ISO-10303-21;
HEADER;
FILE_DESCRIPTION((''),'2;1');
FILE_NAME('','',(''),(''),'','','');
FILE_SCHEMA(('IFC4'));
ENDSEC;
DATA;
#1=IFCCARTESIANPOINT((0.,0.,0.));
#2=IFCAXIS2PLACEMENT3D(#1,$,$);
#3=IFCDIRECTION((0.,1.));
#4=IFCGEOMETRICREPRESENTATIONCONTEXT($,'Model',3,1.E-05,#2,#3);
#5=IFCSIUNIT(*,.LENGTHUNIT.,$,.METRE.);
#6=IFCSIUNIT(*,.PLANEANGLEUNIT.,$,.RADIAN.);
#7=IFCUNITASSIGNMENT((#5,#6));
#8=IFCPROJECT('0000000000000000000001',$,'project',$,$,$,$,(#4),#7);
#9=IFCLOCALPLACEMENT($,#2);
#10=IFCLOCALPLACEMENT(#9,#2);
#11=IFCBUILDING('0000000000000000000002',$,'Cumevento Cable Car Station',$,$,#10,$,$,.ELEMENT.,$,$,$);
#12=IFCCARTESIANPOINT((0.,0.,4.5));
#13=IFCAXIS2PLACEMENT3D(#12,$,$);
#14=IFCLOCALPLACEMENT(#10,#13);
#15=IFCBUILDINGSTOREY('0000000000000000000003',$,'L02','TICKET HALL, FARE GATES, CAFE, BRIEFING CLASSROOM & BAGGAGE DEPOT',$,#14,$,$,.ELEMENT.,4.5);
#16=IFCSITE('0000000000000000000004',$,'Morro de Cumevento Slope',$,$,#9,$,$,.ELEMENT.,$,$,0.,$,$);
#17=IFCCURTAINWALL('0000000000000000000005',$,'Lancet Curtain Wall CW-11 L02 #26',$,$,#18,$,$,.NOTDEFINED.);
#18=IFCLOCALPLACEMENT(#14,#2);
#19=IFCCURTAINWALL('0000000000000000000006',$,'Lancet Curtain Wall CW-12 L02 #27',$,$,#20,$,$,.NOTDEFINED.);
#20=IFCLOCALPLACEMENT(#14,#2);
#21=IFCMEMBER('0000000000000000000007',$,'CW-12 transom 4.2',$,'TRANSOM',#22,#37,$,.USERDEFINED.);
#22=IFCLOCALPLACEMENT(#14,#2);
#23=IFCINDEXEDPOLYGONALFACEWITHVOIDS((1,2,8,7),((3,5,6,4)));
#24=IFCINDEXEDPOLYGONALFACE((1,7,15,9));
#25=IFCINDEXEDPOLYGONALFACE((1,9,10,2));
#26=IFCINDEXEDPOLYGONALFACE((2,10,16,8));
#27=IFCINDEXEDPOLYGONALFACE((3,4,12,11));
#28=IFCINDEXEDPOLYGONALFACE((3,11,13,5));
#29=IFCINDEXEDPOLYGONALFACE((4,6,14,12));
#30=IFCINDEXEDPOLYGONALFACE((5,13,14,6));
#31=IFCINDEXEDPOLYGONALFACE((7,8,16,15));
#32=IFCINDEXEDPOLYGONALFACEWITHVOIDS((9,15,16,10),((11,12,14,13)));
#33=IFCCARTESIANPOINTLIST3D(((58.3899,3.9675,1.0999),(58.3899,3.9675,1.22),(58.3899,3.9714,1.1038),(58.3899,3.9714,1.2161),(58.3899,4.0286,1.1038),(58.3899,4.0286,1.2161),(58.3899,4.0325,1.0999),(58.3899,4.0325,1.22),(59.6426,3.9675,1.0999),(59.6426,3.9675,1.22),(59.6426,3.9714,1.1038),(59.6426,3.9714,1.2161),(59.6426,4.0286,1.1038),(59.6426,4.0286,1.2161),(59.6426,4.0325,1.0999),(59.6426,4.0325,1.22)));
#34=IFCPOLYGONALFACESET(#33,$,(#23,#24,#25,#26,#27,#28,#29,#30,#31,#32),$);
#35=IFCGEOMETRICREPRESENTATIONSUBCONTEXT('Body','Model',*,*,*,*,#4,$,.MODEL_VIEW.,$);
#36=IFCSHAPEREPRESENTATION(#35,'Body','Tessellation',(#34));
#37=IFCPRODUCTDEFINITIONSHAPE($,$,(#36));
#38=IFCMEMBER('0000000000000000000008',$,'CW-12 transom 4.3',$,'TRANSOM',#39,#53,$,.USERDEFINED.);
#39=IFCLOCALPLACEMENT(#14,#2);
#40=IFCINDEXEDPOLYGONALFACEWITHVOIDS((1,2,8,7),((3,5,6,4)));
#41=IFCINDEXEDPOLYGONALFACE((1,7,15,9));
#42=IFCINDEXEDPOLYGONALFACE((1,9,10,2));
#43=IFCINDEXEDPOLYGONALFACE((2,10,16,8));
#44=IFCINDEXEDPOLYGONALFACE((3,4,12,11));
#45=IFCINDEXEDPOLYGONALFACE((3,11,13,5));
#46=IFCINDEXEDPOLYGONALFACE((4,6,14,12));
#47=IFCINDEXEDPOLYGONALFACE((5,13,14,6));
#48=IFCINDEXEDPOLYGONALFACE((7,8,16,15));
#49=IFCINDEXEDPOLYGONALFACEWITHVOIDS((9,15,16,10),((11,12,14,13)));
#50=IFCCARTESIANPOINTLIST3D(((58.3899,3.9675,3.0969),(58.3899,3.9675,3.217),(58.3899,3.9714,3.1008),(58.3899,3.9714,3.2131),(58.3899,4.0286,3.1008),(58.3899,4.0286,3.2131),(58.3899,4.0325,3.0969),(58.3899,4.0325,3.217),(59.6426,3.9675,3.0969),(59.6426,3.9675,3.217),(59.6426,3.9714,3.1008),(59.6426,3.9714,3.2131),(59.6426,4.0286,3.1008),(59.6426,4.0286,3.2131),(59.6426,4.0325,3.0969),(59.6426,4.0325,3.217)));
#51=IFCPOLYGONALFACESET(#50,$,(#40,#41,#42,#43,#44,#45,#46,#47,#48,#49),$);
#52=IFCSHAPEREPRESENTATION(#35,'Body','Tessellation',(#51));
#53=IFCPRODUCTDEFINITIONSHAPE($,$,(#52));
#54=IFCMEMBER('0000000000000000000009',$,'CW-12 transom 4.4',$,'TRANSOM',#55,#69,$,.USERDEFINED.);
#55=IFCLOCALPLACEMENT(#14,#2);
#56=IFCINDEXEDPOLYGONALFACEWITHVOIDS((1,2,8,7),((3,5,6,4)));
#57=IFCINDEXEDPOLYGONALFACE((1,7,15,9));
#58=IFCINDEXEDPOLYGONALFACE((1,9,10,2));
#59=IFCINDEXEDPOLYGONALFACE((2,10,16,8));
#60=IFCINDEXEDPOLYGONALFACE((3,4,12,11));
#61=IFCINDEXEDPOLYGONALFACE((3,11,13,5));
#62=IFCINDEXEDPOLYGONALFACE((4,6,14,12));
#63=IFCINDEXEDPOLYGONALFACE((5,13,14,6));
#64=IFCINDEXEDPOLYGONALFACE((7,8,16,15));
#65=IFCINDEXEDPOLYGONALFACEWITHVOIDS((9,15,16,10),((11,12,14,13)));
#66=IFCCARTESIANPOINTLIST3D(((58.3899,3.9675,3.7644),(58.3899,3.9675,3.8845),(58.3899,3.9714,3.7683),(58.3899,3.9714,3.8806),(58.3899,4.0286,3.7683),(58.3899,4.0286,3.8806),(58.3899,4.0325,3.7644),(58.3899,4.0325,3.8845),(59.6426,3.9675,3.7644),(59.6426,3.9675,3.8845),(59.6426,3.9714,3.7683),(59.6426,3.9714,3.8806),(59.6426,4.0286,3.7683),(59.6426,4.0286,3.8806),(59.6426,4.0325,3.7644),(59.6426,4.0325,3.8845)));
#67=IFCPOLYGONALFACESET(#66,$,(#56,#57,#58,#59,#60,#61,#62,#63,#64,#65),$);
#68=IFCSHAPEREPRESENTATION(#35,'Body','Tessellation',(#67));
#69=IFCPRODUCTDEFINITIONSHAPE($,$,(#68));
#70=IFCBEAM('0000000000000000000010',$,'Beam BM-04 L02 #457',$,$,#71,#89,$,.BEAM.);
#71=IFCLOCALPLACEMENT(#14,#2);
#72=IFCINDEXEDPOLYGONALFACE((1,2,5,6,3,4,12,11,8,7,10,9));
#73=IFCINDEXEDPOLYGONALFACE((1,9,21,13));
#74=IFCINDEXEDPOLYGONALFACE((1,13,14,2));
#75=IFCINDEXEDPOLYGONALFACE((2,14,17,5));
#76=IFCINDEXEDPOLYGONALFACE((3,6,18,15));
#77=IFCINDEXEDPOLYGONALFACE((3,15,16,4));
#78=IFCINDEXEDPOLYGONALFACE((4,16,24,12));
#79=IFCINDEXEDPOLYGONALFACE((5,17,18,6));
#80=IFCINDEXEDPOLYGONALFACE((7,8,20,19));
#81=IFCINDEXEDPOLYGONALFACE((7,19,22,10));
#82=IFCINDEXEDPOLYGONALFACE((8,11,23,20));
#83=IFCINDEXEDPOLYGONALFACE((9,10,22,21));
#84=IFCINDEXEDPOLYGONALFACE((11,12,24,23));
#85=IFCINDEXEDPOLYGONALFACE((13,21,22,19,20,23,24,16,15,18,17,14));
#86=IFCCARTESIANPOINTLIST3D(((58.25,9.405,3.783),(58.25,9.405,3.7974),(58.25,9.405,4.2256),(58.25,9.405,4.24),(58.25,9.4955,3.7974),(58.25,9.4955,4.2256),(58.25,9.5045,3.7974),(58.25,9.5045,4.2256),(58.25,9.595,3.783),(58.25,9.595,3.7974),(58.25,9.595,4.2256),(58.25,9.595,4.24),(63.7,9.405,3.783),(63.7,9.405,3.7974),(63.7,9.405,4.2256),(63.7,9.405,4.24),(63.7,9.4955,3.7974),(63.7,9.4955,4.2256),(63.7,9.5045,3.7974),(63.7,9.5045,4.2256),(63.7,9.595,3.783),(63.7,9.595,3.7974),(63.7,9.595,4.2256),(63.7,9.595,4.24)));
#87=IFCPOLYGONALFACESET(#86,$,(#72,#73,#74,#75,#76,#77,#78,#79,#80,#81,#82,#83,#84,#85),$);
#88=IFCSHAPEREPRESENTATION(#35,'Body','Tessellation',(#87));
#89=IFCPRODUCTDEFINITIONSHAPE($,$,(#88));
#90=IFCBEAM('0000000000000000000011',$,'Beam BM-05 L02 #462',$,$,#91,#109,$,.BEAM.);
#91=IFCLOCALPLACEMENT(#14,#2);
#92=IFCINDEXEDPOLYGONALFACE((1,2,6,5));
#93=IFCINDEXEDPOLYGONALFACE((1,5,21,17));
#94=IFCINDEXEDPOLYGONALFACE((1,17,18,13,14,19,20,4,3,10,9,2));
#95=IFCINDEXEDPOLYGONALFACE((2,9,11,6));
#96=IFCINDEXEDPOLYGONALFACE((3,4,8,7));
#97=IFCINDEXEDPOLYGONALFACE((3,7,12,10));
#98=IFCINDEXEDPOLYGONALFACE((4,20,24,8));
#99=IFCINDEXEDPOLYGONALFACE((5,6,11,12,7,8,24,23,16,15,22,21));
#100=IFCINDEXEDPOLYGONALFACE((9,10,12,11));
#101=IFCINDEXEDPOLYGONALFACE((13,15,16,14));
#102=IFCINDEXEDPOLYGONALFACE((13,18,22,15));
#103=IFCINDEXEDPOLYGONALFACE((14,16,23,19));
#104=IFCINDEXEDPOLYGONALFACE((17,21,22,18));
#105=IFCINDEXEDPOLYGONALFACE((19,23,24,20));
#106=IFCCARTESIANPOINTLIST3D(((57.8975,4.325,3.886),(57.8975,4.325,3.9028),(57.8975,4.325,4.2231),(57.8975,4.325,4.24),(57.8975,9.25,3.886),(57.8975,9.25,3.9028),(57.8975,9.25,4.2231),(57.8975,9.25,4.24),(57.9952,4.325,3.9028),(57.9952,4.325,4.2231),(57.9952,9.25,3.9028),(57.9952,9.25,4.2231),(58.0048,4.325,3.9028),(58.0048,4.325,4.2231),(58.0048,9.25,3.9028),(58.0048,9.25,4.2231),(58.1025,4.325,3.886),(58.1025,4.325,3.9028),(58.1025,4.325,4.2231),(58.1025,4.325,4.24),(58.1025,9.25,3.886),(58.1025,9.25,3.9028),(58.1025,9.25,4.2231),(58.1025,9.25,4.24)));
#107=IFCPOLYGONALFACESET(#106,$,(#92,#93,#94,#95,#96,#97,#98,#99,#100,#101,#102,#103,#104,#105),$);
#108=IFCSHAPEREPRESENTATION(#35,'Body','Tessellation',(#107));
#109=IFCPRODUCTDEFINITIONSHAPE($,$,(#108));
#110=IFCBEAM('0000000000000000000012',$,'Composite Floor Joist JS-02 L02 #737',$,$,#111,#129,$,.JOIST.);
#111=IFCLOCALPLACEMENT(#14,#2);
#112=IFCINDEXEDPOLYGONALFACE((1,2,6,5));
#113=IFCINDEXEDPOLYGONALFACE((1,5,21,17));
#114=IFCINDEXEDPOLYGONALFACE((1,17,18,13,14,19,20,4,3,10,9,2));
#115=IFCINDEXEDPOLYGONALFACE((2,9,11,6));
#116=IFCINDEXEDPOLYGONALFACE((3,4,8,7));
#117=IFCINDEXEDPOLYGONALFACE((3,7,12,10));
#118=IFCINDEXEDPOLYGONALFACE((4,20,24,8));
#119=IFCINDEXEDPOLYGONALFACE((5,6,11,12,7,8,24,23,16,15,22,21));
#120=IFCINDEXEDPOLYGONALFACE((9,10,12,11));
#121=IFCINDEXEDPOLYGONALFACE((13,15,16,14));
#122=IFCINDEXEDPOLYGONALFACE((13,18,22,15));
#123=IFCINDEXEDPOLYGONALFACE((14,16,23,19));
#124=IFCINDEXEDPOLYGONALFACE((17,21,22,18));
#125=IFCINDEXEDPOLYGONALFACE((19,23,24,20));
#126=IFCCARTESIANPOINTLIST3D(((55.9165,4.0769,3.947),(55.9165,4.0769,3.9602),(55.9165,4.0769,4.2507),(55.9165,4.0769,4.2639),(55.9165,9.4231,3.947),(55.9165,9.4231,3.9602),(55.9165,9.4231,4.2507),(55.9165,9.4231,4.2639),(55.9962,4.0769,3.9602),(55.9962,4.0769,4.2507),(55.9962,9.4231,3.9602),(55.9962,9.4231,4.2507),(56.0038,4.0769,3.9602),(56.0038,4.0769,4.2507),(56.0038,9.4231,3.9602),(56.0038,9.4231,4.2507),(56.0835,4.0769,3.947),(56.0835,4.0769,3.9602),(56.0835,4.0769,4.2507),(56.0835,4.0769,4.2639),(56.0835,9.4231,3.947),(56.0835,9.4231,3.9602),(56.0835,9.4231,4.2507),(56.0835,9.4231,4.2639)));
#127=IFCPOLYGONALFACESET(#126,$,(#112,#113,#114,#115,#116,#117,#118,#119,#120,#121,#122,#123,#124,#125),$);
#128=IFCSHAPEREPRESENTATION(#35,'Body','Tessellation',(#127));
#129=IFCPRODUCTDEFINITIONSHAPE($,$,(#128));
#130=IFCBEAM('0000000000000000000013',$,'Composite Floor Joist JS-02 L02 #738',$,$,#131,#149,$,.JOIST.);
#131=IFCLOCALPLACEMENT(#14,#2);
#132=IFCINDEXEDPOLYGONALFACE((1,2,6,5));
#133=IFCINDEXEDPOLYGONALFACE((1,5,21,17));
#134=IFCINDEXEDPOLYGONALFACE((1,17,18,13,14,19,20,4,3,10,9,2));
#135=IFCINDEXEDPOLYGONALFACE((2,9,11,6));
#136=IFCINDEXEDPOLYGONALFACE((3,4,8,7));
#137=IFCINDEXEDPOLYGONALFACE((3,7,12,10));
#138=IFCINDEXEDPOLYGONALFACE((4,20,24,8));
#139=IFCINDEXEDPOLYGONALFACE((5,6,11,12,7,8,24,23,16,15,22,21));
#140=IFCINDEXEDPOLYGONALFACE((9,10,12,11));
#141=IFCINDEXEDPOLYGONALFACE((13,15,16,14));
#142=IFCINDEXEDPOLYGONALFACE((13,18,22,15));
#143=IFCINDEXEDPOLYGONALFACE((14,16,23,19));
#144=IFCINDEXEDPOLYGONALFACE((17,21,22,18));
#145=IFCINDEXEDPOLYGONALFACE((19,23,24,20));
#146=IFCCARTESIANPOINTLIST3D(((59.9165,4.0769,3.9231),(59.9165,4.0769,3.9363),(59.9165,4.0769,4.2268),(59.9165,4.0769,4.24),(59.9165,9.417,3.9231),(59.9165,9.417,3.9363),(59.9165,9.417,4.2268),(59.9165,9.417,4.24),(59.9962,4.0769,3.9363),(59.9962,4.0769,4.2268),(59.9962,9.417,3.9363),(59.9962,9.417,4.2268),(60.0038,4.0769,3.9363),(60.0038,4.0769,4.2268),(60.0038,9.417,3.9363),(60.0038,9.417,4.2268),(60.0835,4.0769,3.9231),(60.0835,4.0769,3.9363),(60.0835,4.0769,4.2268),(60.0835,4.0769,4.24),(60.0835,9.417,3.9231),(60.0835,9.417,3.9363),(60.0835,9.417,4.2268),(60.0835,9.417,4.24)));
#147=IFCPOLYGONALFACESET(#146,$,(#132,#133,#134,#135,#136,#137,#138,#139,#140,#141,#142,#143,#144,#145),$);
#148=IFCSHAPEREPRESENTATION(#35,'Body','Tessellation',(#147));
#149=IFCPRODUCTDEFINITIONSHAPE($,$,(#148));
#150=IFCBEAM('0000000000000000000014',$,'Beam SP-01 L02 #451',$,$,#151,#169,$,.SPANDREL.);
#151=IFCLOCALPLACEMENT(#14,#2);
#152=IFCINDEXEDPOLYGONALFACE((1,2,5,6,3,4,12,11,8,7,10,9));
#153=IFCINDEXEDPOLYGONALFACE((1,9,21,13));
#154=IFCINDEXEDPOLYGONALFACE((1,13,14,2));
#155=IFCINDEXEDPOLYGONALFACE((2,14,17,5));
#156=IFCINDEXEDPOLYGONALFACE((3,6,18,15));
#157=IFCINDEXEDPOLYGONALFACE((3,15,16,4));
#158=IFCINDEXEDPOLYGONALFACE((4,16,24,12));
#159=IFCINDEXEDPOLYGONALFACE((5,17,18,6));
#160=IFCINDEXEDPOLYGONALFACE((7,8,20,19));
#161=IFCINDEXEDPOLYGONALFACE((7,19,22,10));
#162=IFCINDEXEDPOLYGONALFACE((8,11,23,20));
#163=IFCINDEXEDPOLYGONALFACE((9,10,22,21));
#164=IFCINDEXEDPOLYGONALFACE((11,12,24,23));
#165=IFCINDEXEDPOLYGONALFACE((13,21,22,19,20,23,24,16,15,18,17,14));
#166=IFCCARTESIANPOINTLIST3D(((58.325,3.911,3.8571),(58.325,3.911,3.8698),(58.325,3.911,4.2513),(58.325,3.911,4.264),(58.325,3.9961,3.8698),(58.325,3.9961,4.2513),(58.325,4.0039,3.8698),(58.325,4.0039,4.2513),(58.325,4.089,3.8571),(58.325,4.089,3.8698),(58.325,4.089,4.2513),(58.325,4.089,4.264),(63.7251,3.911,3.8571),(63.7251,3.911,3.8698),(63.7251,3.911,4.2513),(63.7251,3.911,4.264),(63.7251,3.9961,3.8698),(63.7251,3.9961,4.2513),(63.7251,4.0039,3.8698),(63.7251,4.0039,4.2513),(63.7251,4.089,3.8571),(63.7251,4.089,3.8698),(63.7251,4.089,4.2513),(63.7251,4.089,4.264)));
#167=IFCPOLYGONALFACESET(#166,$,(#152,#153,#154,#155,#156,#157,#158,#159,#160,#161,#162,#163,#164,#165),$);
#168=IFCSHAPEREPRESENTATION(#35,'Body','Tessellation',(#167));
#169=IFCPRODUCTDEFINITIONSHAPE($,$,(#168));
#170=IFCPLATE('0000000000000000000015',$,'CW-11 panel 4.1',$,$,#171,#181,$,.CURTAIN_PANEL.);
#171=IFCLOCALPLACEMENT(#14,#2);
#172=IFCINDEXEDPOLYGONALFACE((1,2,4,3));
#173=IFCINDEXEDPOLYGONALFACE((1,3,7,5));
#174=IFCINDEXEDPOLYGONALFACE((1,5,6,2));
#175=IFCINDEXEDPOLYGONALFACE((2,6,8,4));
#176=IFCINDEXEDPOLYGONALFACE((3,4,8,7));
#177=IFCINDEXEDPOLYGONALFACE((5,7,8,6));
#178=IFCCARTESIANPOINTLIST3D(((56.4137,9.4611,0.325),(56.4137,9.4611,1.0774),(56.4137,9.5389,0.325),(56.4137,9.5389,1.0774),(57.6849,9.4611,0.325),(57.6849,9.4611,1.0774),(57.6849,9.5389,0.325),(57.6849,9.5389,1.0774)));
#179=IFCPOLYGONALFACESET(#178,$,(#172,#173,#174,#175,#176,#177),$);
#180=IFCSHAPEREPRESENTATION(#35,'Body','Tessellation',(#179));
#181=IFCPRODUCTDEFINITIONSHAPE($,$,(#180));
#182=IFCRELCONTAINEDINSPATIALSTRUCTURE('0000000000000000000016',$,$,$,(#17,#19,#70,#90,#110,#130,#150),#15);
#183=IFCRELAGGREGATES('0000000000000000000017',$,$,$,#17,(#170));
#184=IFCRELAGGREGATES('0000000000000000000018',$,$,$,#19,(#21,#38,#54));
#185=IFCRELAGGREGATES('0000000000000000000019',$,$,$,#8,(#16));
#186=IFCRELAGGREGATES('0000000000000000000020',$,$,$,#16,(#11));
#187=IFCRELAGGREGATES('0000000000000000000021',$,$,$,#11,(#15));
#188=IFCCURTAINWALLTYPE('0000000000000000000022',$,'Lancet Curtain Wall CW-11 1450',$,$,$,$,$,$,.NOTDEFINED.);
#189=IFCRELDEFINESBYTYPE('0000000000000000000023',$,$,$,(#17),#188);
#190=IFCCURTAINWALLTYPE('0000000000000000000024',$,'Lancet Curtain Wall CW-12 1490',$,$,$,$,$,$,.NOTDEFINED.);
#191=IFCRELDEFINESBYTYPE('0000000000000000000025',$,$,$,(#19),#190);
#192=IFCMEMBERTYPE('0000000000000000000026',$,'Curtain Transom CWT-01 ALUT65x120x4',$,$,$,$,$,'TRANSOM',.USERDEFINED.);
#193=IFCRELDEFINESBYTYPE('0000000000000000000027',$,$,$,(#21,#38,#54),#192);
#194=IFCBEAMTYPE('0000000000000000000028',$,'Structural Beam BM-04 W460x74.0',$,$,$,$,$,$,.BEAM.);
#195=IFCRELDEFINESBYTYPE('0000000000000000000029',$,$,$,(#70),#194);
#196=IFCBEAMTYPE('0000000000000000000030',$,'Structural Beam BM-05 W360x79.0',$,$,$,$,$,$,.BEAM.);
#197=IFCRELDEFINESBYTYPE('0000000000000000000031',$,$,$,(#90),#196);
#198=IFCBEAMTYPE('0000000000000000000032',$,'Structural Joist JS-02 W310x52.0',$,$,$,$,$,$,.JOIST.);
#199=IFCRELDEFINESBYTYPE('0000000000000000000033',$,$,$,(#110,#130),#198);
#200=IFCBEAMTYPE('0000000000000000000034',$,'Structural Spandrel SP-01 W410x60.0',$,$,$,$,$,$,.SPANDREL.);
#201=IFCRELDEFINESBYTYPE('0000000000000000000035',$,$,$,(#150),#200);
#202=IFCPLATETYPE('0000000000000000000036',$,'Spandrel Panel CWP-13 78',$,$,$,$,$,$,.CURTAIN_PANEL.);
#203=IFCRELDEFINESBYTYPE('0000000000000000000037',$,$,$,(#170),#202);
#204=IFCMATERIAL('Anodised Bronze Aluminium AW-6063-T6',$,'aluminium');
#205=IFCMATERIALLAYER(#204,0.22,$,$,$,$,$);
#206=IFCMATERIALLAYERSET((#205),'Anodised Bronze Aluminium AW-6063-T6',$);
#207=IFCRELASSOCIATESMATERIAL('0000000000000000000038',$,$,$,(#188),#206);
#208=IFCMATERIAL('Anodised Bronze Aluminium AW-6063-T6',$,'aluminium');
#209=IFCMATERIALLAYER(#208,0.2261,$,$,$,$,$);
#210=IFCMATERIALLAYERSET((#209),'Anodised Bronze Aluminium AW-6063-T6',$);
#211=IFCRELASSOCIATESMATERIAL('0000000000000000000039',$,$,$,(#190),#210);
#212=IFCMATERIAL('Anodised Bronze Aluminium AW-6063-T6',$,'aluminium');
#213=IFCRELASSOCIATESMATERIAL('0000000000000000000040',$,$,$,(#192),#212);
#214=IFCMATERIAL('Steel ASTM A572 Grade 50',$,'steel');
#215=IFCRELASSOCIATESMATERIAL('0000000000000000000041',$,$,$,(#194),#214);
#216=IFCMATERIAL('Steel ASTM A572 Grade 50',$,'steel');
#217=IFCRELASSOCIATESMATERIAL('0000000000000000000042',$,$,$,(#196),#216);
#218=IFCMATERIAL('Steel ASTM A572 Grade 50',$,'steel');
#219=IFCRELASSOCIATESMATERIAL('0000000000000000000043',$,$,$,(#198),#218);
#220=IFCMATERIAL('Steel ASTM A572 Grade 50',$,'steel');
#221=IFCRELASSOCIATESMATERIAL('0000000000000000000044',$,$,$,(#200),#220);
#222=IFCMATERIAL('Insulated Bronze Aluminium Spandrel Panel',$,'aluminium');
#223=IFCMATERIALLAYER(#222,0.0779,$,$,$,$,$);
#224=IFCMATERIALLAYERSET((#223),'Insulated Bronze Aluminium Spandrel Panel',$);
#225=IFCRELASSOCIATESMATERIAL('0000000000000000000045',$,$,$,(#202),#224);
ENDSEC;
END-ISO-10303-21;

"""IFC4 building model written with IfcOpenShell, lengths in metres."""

from ifc_helpers import new_model, si_unit, direction, frame, origin, origin_2d, place, context, subcontext, project, spatial, rectangle, hollow_rectangle, i_section, extrude, material, layer, layer_set, material_profile, profile_set, type_object, element, aggregate, save


model = new_model("IFC4")

# Units and contexts
model_context = context("Model", 3, precision=1e-05, world=origin(), true_north=direction((0.0, 1.0)))
body_context = subcontext(model_context, "Body", "Model", "MODEL_VIEW")
ifc_project = project(units=[si_unit("LENGTHUNIT", "METRE"), si_unit("PLANEANGLEUNIT", "RADIAN")], contexts=[model_context])

# Site, building, storey
site_placement = place(None, origin())
site = spatial("IfcSite", under=ifc_project, at=site_placement, Name="Morro de Cumevento Slope", CompositionType="ELEMENT", RefElevation=0.0)
building_placement = place(site_placement, origin())
building = spatial("IfcBuilding", under=site, at=building_placement, Name="Cumevento Cable Car Station", CompositionType="ELEMENT")
storey_placement = place(building_placement, frame((0.0, 0.0, 4.5)))
storey = spatial("IfcBuildingStorey", under=building, at=storey_placement, Name="L02", Description="TICKET HALL, FARE GATES, CAFE, BRIEFING CLASSROOM & BAGGAGE DEPOT", CompositionType="ELEMENT", Elevation=4.5)

# Curtain walls
ifc_material_1 = material(Name="Anodised Bronze Aluminium AW-6063-T6", Category="aluminium")
ifc_layer_1 = layer(ifc_material_1, 0.22)
ifc_layer_set_1 = layer_set([ifc_layer_1], Name="Anodised Bronze Aluminium AW-6063-T6")
curtain_wall_type_1 = type_object("IfcCurtainWallType", Name="Lancet Curtain Wall CW-11 1450", PredefinedType="NOTDEFINED", material=ifc_layer_set_1)
curtain_wall_1_placement = place(storey_placement, origin())
curtain_wall_1 = element("IfcCurtainWall", 1, at=curtain_wall_1_placement, inside=storey, type_object=curtain_wall_type_1, Name="Lancet Curtain Wall CW-11 L02 #26", PredefinedType="NOTDEFINED")
ifc_material_2 = material(Name="Anodised Bronze Aluminium AW-6063-T6", Category="aluminium")
ifc_layer_2 = layer(ifc_material_2, 0.2261)
ifc_layer_set_2 = layer_set([ifc_layer_2], Name="Anodised Bronze Aluminium AW-6063-T6")
curtain_wall_type_2 = type_object("IfcCurtainWallType", Name="Lancet Curtain Wall CW-12 1490", PredefinedType="NOTDEFINED", material=ifc_layer_set_2)
curtain_wall_2_placement = place(storey_placement, origin())
curtain_wall_2 = element("IfcCurtainWall", 2, at=curtain_wall_2_placement, inside=storey, type_object=curtain_wall_type_2, Name="Lancet Curtain Wall CW-12 L02 #27", PredefinedType="NOTDEFINED")

# Members
ifc_material_3 = material(Name="Anodised Bronze Aluminium AW-6063-T6", Category="aluminium")
ifc_material_profile_1 = material_profile(ifc_material_3, hollow_rectangle(XDim=0.0649, YDim=0.1201, WallThickness=0.0039, at=origin_2d()), Name="ALUT65x120x4")
ifc_profile_set_1 = profile_set([ifc_material_profile_1], Name="Anodised Bronze Aluminium AW-6063-T6")
member_type_1 = type_object("IfcMemberType", Name="Curtain Transom CWT-01 ALUT65x120x4", ElementType="TRANSOM", PredefinedType="USERDEFINED", material=ifc_profile_set_1)
member_1_placement = place(storey_placement, frame((59.6426, 4.0, 1.1599), z_axis=(-1.0, 0.0, 0.0), x_axis=(0.0, -1.0, 0.0)))
member_1 = element("IfcMember", 3, at=member_1_placement, type_object=member_type_1, Name="CW-12 transom 4.2", ObjectType="TRANSOM", PredefinedType="USERDEFINED", context=body_context, shape_type="SweptSolid", body=[
    extrude(hollow_rectangle(XDim=0.0649, YDim=0.1201, WallThickness=0.0039, at=origin_2d()), origin(), (0.0, 0.0, 1.0), 1.2527),
])
member_2_placement = place(storey_placement, frame((59.6426, 4.0, 3.157), z_axis=(-1.0, 0.0, 0.0), x_axis=(0.0, -1.0, 0.0)))
member_2 = element("IfcMember", 4, at=member_2_placement, type_object=member_type_1, Name="CW-12 transom 4.3", ObjectType="TRANSOM", PredefinedType="USERDEFINED", context=body_context, shape_type="SweptSolid", body=[
    extrude(hollow_rectangle(XDim=0.0649, YDim=0.1201, WallThickness=0.0039, at=origin_2d()), origin(), (0.0, 0.0, 1.0), 1.2527),
])
member_3_placement = place(storey_placement, frame((59.6426, 4.0, 3.8245), z_axis=(-1.0, 0.0, 0.0), x_axis=(0.0, -1.0, 0.0)))
member_3 = element("IfcMember", 5, at=member_3_placement, type_object=member_type_1, Name="CW-12 transom 4.4", ObjectType="TRANSOM", PredefinedType="USERDEFINED", context=body_context, shape_type="SweptSolid", body=[
    extrude(hollow_rectangle(XDim=0.0649, YDim=0.1201, WallThickness=0.0039, at=origin_2d()), origin(), (0.0, 0.0, 1.0), 1.2527),
])

# Beams
ifc_material_4 = material(Name="Steel ASTM A572 Grade 50", Category="steel")
ifc_material_profile_2 = material_profile(ifc_material_4, i_section(OverallWidth=0.1899, OverallDepth=0.457, WebThickness=0.009, FlangeThickness=0.0144, at=origin_2d()), Name="W460x74.0")
ifc_profile_set_2 = profile_set([ifc_material_profile_2], Name="Steel ASTM A572 Grade 50")
beam_type_1 = type_object("IfcBeamType", Name="Structural Beam BM-04 W460x74.0", PredefinedType="BEAM", material=ifc_profile_set_2)
beam_1_placement = place(storey_placement, frame((58.25, 9.5, 4.0115), z_axis=(1.0, 0.0, 0.0), x_axis=(0.0, 1.0, 0.0)))
element("IfcBeam", 6, at=beam_1_placement, inside=storey, type_object=beam_type_1, Name="Beam BM-04 L02 #457", PredefinedType="BEAM", context=body_context, shape_type="SweptSolid", body=[
    extrude(i_section(OverallWidth=0.1899, OverallDepth=0.457, WebThickness=0.009, FlangeThickness=0.0144, at=origin_2d()), origin(), (0.0, 0.0, 1.0), 5.45),
])
ifc_material_5 = material(Name="Steel ASTM A572 Grade 50", Category="steel")
ifc_material_profile_3 = material_profile(ifc_material_5, i_section(OverallWidth=0.2051, OverallDepth=0.354, WebThickness=0.0095, FlangeThickness=0.0168, at=origin_2d()), Name="W360x79.0")
ifc_profile_set_3 = profile_set([ifc_material_profile_3], Name="Steel ASTM A572 Grade 50")
beam_type_2 = type_object("IfcBeamType", Name="Structural Beam BM-05 W360x79.0", PredefinedType="BEAM", material=ifc_profile_set_3)
beam_2_placement = place(storey_placement, frame((58.0, 4.325, 4.063), z_axis=(0.0, 1.0, 0.0), x_axis=(-1.0, 0.0, 0.0)))
element("IfcBeam", 7, at=beam_2_placement, inside=storey, type_object=beam_type_2, Name="Beam BM-05 L02 #462", PredefinedType="BEAM", context=body_context, shape_type="SweptSolid", body=[
    extrude(i_section(OverallWidth=0.2051, OverallDepth=0.354, WebThickness=0.0095, FlangeThickness=0.0168, at=origin_2d()), origin(), (0.0, 0.0, 1.0), 4.925),
])
ifc_material_6 = material(Name="Steel ASTM A572 Grade 50", Category="steel")
ifc_material_profile_4 = material_profile(ifc_material_6, i_section(OverallWidth=0.167, OverallDepth=0.3169, WebThickness=0.0076, FlangeThickness=0.0132, at=origin_2d()), Name="W310x52.0")
ifc_profile_set_4 = profile_set([ifc_material_profile_4], Name="Steel ASTM A572 Grade 50")
beam_type_3 = type_object("IfcBeamType", Name="Structural Joist JS-02 W310x52.0", PredefinedType="JOIST", material=ifc_profile_set_4)
beam_3_placement = place(storey_placement, frame((56.0, 4.0769, 4.1055), z_axis=(0.0, 1.0, 0.0), x_axis=(-1.0, 0.0, 0.0)))
element("IfcBeam", 8, at=beam_3_placement, inside=storey, type_object=beam_type_3, Name="Composite Floor Joist JS-02 L02 #737", PredefinedType="JOIST", context=body_context, shape_type="SweptSolid", body=[
    extrude(i_section(OverallWidth=0.167, OverallDepth=0.3169, WebThickness=0.0076, FlangeThickness=0.0132, at=origin_2d()), origin(), (0.0, 0.0, 1.0), 5.3462),
])
beam_4_placement = place(storey_placement, frame((60.0, 4.0769, 4.0815), z_axis=(0.0, 1.0, 0.0), x_axis=(-1.0, 0.0, 0.0)))
element("IfcBeam", 9, at=beam_4_placement, inside=storey, type_object=beam_type_3, Name="Composite Floor Joist JS-02 L02 #738", PredefinedType="JOIST", context=body_context, shape_type="SweptSolid", body=[
    extrude(i_section(OverallWidth=0.167, OverallDepth=0.3169, WebThickness=0.0076, FlangeThickness=0.0132, at=origin_2d()), origin(), (0.0, 0.0, 1.0), 5.3401),
])
ifc_material_7 = material(Name="Steel ASTM A572 Grade 50", Category="steel")
ifc_material_profile_5 = material_profile(ifc_material_7, i_section(OverallWidth=0.178, OverallDepth=0.407, WebThickness=0.0078, FlangeThickness=0.0127, at=origin_2d()), Name="W410x60.0")
ifc_profile_set_5 = profile_set([ifc_material_profile_5], Name="Steel ASTM A572 Grade 50")
beam_type_4 = type_object("IfcBeamType", Name="Structural Spandrel SP-01 W410x60.0", PredefinedType="SPANDREL", material=ifc_profile_set_5)
beam_5_placement = place(storey_placement, frame((58.325, 4.0, 4.0605), z_axis=(1.0, 0.0, 0.0), x_axis=(0.0, 1.0, 0.0)))
element("IfcBeam", 10, at=beam_5_placement, inside=storey, type_object=beam_type_4, Name="Beam SP-01 L02 #451", PredefinedType="SPANDREL", context=body_context, shape_type="SweptSolid", body=[
    extrude(i_section(OverallWidth=0.178, OverallDepth=0.407, WebThickness=0.0078, FlangeThickness=0.0127, at=origin_2d()), origin(), (0.0, 0.0, 1.0), 5.4001),
])

# Plate
ifc_material_8 = material(Name="Insulated Bronze Aluminium Spandrel Panel", Category="aluminium")
ifc_layer_3 = layer(ifc_material_8, 0.0779)
ifc_layer_set_3 = layer_set([ifc_layer_3], Name="Insulated Bronze Aluminium Spandrel Panel")
plate_type_1 = type_object("IfcPlateType", Name="Spandrel Panel CWP-13 78", PredefinedType="CURTAIN_PANEL", material=ifc_layer_set_3)
plate_1_placement = place(storey_placement, frame((57.0493, 9.5, 0.325), z_axis=(0.0, 0.0, 1.0), x_axis=(1.0, 0.0, 0.0)))
plate_1 = element("IfcPlate", 11, at=plate_1_placement, type_object=plate_type_1, Name="CW-11 panel 4.1", PredefinedType="CURTAIN_PANEL", context=body_context, shape_type="SweptSolid", body=[
    extrude(rectangle(XDim=1.2712, YDim=0.0779, at=origin_2d()), origin(), (0.0, 0.0, 1.0), 0.7524),
])
aggregate(curtain_wall_1, [plate_1])
aggregate(curtain_wall_2, [member_1, member_2, member_3])

save(model, "model.ifc")
